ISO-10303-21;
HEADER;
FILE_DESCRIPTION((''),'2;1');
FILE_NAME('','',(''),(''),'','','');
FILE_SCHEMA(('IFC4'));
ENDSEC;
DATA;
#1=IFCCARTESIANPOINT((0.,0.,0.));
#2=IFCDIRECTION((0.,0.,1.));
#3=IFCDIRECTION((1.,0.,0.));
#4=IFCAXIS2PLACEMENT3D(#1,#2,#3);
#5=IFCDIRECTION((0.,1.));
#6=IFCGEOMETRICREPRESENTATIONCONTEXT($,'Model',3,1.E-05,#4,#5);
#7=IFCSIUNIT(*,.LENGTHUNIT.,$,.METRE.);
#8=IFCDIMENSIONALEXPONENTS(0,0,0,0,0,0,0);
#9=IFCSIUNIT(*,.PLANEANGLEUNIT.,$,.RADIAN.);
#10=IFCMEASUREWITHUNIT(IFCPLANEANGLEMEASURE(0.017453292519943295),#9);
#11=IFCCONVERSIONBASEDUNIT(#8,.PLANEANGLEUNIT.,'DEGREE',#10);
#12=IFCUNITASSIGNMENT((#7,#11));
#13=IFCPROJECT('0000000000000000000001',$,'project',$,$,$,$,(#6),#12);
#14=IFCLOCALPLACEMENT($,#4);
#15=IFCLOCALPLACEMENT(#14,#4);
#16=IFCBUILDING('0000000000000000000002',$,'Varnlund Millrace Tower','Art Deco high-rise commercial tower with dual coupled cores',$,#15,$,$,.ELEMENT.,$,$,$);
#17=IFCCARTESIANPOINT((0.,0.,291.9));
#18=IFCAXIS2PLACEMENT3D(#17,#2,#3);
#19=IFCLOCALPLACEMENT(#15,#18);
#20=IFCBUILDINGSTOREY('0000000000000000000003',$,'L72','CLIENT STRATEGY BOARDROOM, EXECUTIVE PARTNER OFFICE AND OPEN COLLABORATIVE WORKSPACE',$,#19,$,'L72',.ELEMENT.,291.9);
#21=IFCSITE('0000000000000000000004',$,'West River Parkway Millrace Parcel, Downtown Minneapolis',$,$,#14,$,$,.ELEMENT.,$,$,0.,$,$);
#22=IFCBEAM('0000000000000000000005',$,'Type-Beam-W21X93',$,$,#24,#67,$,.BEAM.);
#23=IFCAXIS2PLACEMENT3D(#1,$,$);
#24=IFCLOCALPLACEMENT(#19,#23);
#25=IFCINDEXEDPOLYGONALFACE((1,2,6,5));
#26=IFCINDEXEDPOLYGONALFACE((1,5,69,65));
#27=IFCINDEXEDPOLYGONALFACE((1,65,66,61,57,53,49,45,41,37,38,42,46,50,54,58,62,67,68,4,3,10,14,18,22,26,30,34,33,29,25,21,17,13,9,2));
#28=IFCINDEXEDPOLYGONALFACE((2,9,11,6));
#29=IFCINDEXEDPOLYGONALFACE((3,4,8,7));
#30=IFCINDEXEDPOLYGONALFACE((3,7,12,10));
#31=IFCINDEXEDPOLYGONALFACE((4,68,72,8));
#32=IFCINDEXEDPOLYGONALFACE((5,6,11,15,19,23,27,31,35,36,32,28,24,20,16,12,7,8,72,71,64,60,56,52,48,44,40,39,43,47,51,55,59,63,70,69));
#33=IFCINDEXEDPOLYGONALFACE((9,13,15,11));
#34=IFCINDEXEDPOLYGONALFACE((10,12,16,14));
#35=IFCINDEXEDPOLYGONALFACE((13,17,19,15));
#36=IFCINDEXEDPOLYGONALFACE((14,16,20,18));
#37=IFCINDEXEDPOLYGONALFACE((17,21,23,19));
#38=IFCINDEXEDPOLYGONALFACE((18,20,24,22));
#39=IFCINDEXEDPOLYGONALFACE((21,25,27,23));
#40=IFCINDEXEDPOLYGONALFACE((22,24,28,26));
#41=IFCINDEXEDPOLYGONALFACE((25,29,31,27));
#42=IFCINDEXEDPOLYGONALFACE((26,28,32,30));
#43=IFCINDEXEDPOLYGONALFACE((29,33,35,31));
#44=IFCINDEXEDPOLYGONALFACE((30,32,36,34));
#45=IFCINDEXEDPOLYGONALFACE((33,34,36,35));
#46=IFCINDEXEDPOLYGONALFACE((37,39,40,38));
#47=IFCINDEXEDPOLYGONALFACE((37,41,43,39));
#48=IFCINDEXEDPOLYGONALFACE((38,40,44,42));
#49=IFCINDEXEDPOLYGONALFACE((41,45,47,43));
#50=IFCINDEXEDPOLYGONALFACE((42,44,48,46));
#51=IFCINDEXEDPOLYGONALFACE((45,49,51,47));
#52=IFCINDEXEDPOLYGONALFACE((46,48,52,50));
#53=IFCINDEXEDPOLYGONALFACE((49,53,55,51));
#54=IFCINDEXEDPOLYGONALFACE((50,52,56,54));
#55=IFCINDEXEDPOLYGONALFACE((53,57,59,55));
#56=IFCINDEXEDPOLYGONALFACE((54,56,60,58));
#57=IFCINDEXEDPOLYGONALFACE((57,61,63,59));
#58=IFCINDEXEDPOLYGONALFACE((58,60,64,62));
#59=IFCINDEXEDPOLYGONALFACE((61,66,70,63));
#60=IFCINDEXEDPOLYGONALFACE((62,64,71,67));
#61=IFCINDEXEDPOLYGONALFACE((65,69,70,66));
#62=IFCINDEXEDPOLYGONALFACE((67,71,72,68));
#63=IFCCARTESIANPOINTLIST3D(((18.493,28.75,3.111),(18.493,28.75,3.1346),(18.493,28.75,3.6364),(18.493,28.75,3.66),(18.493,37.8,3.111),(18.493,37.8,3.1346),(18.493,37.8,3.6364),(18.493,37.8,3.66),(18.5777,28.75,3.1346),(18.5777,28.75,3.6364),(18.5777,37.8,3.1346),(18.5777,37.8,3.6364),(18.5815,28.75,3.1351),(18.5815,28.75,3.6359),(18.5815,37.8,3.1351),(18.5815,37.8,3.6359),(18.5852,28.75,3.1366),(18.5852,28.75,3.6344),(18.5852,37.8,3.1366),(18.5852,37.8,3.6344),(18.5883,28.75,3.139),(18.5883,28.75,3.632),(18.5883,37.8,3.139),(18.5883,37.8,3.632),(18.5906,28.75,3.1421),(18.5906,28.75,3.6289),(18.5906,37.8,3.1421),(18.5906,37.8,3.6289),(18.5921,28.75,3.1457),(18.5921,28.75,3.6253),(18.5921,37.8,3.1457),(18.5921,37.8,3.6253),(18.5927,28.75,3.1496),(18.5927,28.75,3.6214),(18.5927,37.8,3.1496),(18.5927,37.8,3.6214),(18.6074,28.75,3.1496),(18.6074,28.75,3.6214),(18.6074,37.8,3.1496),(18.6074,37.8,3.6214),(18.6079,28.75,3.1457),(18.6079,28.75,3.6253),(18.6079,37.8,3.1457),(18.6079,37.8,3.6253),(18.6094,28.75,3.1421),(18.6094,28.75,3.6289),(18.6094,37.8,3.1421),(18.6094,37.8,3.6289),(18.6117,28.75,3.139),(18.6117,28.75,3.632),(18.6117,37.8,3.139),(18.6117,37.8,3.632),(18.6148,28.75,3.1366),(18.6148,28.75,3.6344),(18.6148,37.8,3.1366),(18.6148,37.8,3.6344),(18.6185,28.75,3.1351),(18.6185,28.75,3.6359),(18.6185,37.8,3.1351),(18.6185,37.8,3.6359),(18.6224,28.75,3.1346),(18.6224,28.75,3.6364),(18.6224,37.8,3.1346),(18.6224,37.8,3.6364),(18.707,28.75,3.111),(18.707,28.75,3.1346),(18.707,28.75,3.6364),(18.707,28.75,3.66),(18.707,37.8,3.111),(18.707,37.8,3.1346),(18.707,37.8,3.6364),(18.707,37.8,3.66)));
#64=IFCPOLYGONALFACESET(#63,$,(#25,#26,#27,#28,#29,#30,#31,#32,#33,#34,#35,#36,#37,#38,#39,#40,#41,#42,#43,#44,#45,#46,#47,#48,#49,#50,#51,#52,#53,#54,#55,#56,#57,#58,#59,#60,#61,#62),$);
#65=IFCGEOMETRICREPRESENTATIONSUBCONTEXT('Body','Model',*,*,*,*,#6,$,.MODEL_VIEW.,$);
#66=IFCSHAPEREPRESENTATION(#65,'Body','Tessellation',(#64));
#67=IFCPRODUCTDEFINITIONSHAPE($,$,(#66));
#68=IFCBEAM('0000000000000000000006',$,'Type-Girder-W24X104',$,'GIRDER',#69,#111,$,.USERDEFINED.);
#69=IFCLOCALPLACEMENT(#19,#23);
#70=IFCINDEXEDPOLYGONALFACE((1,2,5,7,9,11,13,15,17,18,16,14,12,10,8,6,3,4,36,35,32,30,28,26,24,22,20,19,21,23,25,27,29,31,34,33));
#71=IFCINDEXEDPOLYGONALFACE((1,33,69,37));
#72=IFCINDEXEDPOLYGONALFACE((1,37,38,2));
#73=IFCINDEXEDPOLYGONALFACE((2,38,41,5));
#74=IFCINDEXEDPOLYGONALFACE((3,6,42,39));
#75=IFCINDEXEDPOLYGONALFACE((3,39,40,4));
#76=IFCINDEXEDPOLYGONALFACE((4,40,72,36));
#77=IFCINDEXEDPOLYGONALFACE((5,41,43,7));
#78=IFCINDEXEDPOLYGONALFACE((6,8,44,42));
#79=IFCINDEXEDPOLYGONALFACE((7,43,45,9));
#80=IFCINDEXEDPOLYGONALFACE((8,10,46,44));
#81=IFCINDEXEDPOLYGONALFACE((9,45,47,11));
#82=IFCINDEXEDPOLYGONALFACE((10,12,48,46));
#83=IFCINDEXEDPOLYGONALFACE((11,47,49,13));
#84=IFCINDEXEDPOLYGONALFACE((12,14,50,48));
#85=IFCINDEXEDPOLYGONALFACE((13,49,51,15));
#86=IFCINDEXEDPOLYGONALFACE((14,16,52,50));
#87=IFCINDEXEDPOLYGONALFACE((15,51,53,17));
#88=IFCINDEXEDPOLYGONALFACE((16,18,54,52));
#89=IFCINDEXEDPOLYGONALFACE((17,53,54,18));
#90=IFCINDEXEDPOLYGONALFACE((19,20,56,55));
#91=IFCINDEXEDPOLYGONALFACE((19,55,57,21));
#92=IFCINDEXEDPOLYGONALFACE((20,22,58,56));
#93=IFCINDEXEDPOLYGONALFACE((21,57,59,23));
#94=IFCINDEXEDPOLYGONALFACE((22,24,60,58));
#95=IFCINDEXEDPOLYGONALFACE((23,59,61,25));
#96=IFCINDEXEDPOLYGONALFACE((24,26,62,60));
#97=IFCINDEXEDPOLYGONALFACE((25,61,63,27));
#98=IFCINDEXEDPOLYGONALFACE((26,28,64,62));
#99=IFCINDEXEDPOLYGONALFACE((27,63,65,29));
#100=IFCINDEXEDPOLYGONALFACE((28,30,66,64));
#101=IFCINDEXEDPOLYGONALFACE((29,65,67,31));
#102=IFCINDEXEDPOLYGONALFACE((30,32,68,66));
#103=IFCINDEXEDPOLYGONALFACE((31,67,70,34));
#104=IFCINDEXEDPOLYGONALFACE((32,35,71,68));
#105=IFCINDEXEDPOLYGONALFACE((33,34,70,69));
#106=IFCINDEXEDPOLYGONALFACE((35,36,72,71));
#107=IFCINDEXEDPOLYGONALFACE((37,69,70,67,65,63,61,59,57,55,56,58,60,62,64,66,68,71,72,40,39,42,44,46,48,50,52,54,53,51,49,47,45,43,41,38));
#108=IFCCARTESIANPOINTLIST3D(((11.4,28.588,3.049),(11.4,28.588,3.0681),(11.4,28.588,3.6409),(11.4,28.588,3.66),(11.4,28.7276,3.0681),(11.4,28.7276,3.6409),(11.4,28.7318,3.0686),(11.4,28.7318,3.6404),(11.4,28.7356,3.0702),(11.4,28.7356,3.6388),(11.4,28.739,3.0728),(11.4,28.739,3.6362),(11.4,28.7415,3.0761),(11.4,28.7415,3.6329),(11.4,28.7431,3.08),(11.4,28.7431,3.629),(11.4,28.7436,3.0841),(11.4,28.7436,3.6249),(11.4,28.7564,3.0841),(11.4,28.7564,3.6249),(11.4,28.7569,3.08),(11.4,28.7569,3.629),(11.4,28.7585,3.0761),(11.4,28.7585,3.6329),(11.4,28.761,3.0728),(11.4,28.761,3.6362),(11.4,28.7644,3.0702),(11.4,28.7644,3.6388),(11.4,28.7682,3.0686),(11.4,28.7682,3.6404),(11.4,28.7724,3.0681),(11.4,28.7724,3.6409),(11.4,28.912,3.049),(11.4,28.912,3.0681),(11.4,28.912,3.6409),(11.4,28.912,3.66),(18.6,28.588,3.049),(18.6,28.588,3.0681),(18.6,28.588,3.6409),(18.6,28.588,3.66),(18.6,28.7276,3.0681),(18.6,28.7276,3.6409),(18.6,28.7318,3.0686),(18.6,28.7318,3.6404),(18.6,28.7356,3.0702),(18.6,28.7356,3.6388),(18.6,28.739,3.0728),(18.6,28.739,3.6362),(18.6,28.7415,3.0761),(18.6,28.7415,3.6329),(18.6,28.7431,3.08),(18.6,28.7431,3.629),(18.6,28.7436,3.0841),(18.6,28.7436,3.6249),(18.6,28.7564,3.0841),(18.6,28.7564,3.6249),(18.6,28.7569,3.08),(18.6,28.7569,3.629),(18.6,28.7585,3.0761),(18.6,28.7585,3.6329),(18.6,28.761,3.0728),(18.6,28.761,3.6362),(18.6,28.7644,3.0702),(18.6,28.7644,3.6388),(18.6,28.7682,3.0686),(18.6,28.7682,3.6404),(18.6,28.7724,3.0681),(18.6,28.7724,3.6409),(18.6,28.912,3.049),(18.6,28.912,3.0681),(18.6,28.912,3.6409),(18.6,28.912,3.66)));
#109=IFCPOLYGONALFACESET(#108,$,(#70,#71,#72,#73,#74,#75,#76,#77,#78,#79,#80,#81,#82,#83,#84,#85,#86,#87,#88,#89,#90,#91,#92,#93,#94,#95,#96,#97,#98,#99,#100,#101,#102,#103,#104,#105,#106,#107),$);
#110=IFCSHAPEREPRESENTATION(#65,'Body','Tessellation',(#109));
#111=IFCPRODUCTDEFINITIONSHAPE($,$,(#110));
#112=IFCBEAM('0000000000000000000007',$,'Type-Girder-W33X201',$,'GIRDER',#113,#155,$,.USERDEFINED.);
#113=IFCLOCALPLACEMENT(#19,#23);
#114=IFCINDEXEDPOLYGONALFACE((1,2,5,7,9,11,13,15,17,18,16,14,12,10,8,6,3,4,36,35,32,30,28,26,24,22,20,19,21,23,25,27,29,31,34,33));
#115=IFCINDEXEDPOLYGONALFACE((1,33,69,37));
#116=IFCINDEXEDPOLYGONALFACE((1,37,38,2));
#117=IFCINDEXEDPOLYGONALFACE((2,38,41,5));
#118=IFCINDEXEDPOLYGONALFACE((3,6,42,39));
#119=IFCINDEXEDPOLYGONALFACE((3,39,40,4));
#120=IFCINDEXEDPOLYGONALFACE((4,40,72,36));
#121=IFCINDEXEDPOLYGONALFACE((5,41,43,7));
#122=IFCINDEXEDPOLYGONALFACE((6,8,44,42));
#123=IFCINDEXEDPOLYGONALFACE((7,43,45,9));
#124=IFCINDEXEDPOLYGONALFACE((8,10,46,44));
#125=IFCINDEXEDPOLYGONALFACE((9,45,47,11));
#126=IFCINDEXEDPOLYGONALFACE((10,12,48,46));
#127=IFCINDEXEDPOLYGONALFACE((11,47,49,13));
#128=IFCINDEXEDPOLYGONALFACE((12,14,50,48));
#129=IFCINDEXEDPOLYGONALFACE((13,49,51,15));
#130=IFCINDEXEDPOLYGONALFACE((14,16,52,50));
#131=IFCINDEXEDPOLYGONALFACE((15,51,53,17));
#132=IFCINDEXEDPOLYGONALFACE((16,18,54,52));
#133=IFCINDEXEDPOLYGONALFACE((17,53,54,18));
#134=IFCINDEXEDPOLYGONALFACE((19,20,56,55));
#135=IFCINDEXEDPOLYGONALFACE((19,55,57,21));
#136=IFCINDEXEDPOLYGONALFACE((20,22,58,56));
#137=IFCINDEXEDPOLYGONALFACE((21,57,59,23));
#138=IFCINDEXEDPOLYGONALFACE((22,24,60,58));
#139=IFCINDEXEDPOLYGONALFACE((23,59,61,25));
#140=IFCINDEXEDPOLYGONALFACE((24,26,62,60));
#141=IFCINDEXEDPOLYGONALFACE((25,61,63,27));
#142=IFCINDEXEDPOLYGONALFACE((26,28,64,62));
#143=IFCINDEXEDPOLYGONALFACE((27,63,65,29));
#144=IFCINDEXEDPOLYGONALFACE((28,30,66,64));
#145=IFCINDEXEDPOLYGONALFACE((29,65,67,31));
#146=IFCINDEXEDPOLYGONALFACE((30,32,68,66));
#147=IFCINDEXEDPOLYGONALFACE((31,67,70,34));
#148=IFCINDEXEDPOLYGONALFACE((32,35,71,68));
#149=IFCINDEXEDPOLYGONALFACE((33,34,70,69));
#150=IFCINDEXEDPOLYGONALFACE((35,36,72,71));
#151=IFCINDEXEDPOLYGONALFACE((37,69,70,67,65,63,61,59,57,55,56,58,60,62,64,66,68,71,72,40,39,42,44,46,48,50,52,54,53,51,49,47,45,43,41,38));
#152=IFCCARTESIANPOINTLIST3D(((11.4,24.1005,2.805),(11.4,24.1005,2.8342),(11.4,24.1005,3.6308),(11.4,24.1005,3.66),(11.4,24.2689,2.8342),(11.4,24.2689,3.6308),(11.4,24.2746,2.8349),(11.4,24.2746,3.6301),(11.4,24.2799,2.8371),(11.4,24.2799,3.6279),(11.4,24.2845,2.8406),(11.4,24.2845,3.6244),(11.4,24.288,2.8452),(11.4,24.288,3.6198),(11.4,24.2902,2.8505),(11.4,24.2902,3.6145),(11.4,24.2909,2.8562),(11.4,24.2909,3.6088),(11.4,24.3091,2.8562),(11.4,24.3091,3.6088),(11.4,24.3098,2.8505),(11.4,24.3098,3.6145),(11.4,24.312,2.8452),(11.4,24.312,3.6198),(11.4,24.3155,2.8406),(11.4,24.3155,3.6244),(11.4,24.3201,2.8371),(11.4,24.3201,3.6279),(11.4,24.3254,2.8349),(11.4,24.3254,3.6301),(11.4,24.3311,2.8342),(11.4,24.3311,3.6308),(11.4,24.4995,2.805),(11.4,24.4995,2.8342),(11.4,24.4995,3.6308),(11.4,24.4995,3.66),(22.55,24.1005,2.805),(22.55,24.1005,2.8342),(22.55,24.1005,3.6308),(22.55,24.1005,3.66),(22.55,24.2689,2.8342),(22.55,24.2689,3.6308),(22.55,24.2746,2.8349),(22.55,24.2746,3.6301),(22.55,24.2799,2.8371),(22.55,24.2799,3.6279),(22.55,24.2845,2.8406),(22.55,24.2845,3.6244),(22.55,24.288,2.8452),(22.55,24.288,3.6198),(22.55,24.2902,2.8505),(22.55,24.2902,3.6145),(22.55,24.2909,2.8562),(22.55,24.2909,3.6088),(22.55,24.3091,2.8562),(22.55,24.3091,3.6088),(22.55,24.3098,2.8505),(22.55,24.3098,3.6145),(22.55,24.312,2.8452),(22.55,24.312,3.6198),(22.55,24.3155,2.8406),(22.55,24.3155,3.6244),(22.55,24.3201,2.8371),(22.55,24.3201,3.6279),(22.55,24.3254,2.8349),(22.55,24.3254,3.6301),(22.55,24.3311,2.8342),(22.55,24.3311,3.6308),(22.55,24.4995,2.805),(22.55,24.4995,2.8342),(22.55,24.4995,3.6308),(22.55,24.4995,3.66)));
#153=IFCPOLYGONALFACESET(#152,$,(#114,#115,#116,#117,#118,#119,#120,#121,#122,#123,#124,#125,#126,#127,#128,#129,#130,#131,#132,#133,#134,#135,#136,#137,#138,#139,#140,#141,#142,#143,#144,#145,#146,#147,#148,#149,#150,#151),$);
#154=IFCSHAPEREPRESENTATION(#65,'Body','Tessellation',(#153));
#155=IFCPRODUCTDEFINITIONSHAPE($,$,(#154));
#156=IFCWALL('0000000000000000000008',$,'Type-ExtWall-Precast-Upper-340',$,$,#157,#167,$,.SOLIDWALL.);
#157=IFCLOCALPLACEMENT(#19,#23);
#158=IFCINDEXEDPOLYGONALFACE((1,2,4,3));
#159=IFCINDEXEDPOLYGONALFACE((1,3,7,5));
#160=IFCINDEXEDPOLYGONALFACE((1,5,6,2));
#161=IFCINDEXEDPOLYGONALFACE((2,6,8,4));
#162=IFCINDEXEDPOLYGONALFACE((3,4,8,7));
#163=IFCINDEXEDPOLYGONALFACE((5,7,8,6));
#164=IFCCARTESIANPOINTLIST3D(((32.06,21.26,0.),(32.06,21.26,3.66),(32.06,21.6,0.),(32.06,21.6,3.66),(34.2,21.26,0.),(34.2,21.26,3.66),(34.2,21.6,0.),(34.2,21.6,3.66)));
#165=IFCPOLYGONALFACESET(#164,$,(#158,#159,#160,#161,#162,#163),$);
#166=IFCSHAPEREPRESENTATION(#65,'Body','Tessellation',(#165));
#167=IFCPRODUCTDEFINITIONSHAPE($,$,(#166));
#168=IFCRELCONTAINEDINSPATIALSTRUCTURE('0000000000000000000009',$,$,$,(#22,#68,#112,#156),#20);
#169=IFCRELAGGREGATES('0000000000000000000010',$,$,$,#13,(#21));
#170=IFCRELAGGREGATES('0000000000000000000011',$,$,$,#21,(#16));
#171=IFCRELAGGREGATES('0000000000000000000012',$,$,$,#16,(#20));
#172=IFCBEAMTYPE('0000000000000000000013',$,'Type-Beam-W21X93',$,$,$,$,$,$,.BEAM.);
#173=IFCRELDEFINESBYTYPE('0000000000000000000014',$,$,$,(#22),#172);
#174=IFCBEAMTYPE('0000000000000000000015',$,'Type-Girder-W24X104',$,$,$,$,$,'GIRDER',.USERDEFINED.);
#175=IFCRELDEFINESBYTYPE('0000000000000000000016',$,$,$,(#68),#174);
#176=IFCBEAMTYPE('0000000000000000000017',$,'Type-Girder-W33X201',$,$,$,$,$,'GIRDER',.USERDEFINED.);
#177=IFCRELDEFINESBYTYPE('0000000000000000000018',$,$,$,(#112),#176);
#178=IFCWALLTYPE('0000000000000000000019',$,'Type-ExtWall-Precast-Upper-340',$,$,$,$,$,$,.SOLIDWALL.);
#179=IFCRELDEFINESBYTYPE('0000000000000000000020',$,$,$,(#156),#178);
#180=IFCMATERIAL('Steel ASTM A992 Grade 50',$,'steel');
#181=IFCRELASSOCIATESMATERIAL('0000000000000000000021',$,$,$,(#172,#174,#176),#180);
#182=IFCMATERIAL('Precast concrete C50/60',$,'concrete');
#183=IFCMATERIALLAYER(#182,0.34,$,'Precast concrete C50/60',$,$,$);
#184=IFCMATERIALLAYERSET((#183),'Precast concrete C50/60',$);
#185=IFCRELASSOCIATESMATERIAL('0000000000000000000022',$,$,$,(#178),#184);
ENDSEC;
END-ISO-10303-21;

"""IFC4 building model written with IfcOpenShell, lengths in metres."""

from ifc_helpers import new_model, entity, si_unit, converted_unit, direction, frame, origin_with_axes, origin_2d_with_axis, place, context, subcontext, project, spatial, polyline, i_section, outline, extrude, material, layer, layer_set, material_profile, profile_set, type_object, element, save


model = new_model("IFC4")

# Units and contexts
model_context = context("Model", 3, precision=1e-05, world=origin_with_axes(), true_north=direction((0.0, 1.0)))
body_context = subcontext(model_context, "Body", "Model", "MODEL_VIEW")
ifc_project = project(units=[si_unit("LENGTHUNIT", "METRE"), converted_unit("PLANEANGLEUNIT", "DEGREE", entity("IfcPlaneAngleMeasure", 0.017453292519943295), si_unit("PLANEANGLEUNIT", "RADIAN"), dimensions=[0, 0, 0, 0, 0, 0, 0])], contexts=[model_context])

# Site, building, storey
site_placement = place(None, origin_with_axes())
site = spatial("IfcSite", under=ifc_project, at=site_placement, Name="West River Parkway Millrace Parcel, Downtown Minneapolis", CompositionType="ELEMENT", RefElevation=0.0)
building_placement = place(site_placement, origin_with_axes())
building = spatial("IfcBuilding", under=site, at=building_placement, Name="Varnlund Millrace Tower", Description="Art Deco high-rise commercial tower with dual coupled cores", CompositionType="ELEMENT")
storey_placement = place(building_placement, frame((0.0, 0.0, 291.9), z_axis=(0.0, 0.0, 1.0), x_axis=(1.0, 0.0, 0.0)))
storey = spatial("IfcBuildingStorey", under=building, at=storey_placement, Name="L72", Description="CLIENT STRATEGY BOARDROOM, EXECUTIVE PARTNER OFFICE AND OPEN COLLABORATIVE WORKSPACE", LongName="L72", CompositionType="ELEMENT", Elevation=291.9)

# Beams
ifc_material_1 = material(Name="Steel ASTM A992 Grade 50", Category="steel")
ifc_material_profile_1 = material_profile(ifc_material_1, i_section(OverallWidth=0.214, OverallDepth=0.549, WebThickness=0.0147, FlangeThickness=0.0236, FilletRadius=0.015, at=origin_2d_with_axis()), Name="Steel ASTM A992 Grade 50")
ifc_profile_set_1 = profile_set([ifc_material_profile_1], Name="Steel ASTM A992 Grade 50")
beam_type_1 = type_object("IfcBeamType", Name="Type-Beam-W21X93", PredefinedType="BEAM", material=ifc_profile_set_1)
beam_1_placement = place(storey_placement, frame((18.6, 28.75, 3.3855), z_axis=(0.0, 1.0, 0.0), x_axis=(-1.0, 0.0, 0.0)))
element("IfcBeam", 1, at=beam_1_placement, inside=storey, type_object=beam_type_1, Name="Type-Beam-W21X93", PredefinedType="BEAM", context=body_context, shape_type="SweptSolid", body=[
    extrude(i_section(OverallWidth=0.214, OverallDepth=0.549, WebThickness=0.0147, FlangeThickness=0.0236, FilletRadius=0.015, at=origin_2d_with_axis()), origin_with_axes(), (0.0, 0.0, 1.0), 9.05),
])
ifc_material_profile_2 = material_profile(ifc_material_1, i_section(OverallWidth=0.324, OverallDepth=0.611, WebThickness=0.0127, FlangeThickness=0.0191, FilletRadius=0.016, at=origin_2d_with_axis()), Name="Steel ASTM A992 Grade 50")
ifc_profile_set_2 = profile_set([ifc_material_profile_2], Name="Steel ASTM A992 Grade 50")
beam_type_2 = type_object("IfcBeamType", Name="Type-Girder-W24X104", ElementType="GIRDER", PredefinedType="USERDEFINED", material=ifc_profile_set_2)
beam_2_placement = place(storey_placement, frame((11.4, 28.75, 3.3545), z_axis=(1.0, 0.0, 0.0), x_axis=(0.0, 1.0, 0.0)))
element("IfcBeam", 2, at=beam_2_placement, inside=storey, type_object=beam_type_2, Name="Type-Girder-W24X104", ObjectType="GIRDER", PredefinedType="USERDEFINED", context=body_context, shape_type="SweptSolid", body=[
    extrude(i_section(OverallWidth=0.324, OverallDepth=0.611, WebThickness=0.0127, FlangeThickness=0.0191, FilletRadius=0.016, at=origin_2d_with_axis()), origin_with_axes(), (0.0, 0.0, 1.0), 7.2),
])
ifc_material_profile_3 = material_profile(ifc_material_1, i_section(OverallWidth=0.399, OverallDepth=0.855, WebThickness=0.0182, FlangeThickness=0.0292, FilletRadius=0.022, at=origin_2d_with_axis()), Name="Steel ASTM A992 Grade 50")
ifc_profile_set_3 = profile_set([ifc_material_profile_3], Name="Steel ASTM A992 Grade 50")
beam_type_3 = type_object("IfcBeamType", Name="Type-Girder-W33X201", ElementType="GIRDER", PredefinedType="USERDEFINED", material=ifc_profile_set_3)
beam_3_placement = place(storey_placement, frame((11.4, 24.3, 3.2325), z_axis=(1.0, 0.0, 0.0), x_axis=(0.0, 1.0, 0.0)))
element("IfcBeam", 3, at=beam_3_placement, inside=storey, type_object=beam_type_3, Name="Type-Girder-W33X201", ObjectType="GIRDER", PredefinedType="USERDEFINED", context=body_context, shape_type="SweptSolid", body=[
    extrude(i_section(OverallWidth=0.399, OverallDepth=0.855, WebThickness=0.0182, FlangeThickness=0.0292, FilletRadius=0.022, at=origin_2d_with_axis()), origin_with_axes(), (0.0, 0.0, 1.0), 11.15),
])

# Wall
ifc_material_2 = material(Name="Precast concrete C50/60", Category="concrete")
ifc_layer_1 = layer(ifc_material_2, 0.34, Name="Precast concrete C50/60")
ifc_layer_set_1 = layer_set([ifc_layer_1], Name="Precast concrete C50/60")
wall_type_1 = type_object("IfcWallType", Name="Type-ExtWall-Precast-Upper-340", PredefinedType="SOLIDWALL", material=ifc_layer_set_1)
wall_1_placement = place(storey_placement, frame((32.06, 21.43, 0.0), z_axis=(0.0, 0.0, 1.0), x_axis=(1.0, 0.0, 0.0)))
element("IfcWall", 4, at=wall_1_placement, inside=storey, type_object=wall_type_1, Name="Type-ExtWall-Precast-Upper-340", PredefinedType="SOLIDWALL", context=body_context, shape_type="SweptSolid", body=[
    extrude(outline(polyline([(0.0, -0.17), (2.14, -0.17), (2.14, 0.17), (0.0, 0.17), (0.0, -0.17)])), origin_with_axes(), (0.0, 0.0, 1.0), 3.66),
])

save(model, "model.ifc")
